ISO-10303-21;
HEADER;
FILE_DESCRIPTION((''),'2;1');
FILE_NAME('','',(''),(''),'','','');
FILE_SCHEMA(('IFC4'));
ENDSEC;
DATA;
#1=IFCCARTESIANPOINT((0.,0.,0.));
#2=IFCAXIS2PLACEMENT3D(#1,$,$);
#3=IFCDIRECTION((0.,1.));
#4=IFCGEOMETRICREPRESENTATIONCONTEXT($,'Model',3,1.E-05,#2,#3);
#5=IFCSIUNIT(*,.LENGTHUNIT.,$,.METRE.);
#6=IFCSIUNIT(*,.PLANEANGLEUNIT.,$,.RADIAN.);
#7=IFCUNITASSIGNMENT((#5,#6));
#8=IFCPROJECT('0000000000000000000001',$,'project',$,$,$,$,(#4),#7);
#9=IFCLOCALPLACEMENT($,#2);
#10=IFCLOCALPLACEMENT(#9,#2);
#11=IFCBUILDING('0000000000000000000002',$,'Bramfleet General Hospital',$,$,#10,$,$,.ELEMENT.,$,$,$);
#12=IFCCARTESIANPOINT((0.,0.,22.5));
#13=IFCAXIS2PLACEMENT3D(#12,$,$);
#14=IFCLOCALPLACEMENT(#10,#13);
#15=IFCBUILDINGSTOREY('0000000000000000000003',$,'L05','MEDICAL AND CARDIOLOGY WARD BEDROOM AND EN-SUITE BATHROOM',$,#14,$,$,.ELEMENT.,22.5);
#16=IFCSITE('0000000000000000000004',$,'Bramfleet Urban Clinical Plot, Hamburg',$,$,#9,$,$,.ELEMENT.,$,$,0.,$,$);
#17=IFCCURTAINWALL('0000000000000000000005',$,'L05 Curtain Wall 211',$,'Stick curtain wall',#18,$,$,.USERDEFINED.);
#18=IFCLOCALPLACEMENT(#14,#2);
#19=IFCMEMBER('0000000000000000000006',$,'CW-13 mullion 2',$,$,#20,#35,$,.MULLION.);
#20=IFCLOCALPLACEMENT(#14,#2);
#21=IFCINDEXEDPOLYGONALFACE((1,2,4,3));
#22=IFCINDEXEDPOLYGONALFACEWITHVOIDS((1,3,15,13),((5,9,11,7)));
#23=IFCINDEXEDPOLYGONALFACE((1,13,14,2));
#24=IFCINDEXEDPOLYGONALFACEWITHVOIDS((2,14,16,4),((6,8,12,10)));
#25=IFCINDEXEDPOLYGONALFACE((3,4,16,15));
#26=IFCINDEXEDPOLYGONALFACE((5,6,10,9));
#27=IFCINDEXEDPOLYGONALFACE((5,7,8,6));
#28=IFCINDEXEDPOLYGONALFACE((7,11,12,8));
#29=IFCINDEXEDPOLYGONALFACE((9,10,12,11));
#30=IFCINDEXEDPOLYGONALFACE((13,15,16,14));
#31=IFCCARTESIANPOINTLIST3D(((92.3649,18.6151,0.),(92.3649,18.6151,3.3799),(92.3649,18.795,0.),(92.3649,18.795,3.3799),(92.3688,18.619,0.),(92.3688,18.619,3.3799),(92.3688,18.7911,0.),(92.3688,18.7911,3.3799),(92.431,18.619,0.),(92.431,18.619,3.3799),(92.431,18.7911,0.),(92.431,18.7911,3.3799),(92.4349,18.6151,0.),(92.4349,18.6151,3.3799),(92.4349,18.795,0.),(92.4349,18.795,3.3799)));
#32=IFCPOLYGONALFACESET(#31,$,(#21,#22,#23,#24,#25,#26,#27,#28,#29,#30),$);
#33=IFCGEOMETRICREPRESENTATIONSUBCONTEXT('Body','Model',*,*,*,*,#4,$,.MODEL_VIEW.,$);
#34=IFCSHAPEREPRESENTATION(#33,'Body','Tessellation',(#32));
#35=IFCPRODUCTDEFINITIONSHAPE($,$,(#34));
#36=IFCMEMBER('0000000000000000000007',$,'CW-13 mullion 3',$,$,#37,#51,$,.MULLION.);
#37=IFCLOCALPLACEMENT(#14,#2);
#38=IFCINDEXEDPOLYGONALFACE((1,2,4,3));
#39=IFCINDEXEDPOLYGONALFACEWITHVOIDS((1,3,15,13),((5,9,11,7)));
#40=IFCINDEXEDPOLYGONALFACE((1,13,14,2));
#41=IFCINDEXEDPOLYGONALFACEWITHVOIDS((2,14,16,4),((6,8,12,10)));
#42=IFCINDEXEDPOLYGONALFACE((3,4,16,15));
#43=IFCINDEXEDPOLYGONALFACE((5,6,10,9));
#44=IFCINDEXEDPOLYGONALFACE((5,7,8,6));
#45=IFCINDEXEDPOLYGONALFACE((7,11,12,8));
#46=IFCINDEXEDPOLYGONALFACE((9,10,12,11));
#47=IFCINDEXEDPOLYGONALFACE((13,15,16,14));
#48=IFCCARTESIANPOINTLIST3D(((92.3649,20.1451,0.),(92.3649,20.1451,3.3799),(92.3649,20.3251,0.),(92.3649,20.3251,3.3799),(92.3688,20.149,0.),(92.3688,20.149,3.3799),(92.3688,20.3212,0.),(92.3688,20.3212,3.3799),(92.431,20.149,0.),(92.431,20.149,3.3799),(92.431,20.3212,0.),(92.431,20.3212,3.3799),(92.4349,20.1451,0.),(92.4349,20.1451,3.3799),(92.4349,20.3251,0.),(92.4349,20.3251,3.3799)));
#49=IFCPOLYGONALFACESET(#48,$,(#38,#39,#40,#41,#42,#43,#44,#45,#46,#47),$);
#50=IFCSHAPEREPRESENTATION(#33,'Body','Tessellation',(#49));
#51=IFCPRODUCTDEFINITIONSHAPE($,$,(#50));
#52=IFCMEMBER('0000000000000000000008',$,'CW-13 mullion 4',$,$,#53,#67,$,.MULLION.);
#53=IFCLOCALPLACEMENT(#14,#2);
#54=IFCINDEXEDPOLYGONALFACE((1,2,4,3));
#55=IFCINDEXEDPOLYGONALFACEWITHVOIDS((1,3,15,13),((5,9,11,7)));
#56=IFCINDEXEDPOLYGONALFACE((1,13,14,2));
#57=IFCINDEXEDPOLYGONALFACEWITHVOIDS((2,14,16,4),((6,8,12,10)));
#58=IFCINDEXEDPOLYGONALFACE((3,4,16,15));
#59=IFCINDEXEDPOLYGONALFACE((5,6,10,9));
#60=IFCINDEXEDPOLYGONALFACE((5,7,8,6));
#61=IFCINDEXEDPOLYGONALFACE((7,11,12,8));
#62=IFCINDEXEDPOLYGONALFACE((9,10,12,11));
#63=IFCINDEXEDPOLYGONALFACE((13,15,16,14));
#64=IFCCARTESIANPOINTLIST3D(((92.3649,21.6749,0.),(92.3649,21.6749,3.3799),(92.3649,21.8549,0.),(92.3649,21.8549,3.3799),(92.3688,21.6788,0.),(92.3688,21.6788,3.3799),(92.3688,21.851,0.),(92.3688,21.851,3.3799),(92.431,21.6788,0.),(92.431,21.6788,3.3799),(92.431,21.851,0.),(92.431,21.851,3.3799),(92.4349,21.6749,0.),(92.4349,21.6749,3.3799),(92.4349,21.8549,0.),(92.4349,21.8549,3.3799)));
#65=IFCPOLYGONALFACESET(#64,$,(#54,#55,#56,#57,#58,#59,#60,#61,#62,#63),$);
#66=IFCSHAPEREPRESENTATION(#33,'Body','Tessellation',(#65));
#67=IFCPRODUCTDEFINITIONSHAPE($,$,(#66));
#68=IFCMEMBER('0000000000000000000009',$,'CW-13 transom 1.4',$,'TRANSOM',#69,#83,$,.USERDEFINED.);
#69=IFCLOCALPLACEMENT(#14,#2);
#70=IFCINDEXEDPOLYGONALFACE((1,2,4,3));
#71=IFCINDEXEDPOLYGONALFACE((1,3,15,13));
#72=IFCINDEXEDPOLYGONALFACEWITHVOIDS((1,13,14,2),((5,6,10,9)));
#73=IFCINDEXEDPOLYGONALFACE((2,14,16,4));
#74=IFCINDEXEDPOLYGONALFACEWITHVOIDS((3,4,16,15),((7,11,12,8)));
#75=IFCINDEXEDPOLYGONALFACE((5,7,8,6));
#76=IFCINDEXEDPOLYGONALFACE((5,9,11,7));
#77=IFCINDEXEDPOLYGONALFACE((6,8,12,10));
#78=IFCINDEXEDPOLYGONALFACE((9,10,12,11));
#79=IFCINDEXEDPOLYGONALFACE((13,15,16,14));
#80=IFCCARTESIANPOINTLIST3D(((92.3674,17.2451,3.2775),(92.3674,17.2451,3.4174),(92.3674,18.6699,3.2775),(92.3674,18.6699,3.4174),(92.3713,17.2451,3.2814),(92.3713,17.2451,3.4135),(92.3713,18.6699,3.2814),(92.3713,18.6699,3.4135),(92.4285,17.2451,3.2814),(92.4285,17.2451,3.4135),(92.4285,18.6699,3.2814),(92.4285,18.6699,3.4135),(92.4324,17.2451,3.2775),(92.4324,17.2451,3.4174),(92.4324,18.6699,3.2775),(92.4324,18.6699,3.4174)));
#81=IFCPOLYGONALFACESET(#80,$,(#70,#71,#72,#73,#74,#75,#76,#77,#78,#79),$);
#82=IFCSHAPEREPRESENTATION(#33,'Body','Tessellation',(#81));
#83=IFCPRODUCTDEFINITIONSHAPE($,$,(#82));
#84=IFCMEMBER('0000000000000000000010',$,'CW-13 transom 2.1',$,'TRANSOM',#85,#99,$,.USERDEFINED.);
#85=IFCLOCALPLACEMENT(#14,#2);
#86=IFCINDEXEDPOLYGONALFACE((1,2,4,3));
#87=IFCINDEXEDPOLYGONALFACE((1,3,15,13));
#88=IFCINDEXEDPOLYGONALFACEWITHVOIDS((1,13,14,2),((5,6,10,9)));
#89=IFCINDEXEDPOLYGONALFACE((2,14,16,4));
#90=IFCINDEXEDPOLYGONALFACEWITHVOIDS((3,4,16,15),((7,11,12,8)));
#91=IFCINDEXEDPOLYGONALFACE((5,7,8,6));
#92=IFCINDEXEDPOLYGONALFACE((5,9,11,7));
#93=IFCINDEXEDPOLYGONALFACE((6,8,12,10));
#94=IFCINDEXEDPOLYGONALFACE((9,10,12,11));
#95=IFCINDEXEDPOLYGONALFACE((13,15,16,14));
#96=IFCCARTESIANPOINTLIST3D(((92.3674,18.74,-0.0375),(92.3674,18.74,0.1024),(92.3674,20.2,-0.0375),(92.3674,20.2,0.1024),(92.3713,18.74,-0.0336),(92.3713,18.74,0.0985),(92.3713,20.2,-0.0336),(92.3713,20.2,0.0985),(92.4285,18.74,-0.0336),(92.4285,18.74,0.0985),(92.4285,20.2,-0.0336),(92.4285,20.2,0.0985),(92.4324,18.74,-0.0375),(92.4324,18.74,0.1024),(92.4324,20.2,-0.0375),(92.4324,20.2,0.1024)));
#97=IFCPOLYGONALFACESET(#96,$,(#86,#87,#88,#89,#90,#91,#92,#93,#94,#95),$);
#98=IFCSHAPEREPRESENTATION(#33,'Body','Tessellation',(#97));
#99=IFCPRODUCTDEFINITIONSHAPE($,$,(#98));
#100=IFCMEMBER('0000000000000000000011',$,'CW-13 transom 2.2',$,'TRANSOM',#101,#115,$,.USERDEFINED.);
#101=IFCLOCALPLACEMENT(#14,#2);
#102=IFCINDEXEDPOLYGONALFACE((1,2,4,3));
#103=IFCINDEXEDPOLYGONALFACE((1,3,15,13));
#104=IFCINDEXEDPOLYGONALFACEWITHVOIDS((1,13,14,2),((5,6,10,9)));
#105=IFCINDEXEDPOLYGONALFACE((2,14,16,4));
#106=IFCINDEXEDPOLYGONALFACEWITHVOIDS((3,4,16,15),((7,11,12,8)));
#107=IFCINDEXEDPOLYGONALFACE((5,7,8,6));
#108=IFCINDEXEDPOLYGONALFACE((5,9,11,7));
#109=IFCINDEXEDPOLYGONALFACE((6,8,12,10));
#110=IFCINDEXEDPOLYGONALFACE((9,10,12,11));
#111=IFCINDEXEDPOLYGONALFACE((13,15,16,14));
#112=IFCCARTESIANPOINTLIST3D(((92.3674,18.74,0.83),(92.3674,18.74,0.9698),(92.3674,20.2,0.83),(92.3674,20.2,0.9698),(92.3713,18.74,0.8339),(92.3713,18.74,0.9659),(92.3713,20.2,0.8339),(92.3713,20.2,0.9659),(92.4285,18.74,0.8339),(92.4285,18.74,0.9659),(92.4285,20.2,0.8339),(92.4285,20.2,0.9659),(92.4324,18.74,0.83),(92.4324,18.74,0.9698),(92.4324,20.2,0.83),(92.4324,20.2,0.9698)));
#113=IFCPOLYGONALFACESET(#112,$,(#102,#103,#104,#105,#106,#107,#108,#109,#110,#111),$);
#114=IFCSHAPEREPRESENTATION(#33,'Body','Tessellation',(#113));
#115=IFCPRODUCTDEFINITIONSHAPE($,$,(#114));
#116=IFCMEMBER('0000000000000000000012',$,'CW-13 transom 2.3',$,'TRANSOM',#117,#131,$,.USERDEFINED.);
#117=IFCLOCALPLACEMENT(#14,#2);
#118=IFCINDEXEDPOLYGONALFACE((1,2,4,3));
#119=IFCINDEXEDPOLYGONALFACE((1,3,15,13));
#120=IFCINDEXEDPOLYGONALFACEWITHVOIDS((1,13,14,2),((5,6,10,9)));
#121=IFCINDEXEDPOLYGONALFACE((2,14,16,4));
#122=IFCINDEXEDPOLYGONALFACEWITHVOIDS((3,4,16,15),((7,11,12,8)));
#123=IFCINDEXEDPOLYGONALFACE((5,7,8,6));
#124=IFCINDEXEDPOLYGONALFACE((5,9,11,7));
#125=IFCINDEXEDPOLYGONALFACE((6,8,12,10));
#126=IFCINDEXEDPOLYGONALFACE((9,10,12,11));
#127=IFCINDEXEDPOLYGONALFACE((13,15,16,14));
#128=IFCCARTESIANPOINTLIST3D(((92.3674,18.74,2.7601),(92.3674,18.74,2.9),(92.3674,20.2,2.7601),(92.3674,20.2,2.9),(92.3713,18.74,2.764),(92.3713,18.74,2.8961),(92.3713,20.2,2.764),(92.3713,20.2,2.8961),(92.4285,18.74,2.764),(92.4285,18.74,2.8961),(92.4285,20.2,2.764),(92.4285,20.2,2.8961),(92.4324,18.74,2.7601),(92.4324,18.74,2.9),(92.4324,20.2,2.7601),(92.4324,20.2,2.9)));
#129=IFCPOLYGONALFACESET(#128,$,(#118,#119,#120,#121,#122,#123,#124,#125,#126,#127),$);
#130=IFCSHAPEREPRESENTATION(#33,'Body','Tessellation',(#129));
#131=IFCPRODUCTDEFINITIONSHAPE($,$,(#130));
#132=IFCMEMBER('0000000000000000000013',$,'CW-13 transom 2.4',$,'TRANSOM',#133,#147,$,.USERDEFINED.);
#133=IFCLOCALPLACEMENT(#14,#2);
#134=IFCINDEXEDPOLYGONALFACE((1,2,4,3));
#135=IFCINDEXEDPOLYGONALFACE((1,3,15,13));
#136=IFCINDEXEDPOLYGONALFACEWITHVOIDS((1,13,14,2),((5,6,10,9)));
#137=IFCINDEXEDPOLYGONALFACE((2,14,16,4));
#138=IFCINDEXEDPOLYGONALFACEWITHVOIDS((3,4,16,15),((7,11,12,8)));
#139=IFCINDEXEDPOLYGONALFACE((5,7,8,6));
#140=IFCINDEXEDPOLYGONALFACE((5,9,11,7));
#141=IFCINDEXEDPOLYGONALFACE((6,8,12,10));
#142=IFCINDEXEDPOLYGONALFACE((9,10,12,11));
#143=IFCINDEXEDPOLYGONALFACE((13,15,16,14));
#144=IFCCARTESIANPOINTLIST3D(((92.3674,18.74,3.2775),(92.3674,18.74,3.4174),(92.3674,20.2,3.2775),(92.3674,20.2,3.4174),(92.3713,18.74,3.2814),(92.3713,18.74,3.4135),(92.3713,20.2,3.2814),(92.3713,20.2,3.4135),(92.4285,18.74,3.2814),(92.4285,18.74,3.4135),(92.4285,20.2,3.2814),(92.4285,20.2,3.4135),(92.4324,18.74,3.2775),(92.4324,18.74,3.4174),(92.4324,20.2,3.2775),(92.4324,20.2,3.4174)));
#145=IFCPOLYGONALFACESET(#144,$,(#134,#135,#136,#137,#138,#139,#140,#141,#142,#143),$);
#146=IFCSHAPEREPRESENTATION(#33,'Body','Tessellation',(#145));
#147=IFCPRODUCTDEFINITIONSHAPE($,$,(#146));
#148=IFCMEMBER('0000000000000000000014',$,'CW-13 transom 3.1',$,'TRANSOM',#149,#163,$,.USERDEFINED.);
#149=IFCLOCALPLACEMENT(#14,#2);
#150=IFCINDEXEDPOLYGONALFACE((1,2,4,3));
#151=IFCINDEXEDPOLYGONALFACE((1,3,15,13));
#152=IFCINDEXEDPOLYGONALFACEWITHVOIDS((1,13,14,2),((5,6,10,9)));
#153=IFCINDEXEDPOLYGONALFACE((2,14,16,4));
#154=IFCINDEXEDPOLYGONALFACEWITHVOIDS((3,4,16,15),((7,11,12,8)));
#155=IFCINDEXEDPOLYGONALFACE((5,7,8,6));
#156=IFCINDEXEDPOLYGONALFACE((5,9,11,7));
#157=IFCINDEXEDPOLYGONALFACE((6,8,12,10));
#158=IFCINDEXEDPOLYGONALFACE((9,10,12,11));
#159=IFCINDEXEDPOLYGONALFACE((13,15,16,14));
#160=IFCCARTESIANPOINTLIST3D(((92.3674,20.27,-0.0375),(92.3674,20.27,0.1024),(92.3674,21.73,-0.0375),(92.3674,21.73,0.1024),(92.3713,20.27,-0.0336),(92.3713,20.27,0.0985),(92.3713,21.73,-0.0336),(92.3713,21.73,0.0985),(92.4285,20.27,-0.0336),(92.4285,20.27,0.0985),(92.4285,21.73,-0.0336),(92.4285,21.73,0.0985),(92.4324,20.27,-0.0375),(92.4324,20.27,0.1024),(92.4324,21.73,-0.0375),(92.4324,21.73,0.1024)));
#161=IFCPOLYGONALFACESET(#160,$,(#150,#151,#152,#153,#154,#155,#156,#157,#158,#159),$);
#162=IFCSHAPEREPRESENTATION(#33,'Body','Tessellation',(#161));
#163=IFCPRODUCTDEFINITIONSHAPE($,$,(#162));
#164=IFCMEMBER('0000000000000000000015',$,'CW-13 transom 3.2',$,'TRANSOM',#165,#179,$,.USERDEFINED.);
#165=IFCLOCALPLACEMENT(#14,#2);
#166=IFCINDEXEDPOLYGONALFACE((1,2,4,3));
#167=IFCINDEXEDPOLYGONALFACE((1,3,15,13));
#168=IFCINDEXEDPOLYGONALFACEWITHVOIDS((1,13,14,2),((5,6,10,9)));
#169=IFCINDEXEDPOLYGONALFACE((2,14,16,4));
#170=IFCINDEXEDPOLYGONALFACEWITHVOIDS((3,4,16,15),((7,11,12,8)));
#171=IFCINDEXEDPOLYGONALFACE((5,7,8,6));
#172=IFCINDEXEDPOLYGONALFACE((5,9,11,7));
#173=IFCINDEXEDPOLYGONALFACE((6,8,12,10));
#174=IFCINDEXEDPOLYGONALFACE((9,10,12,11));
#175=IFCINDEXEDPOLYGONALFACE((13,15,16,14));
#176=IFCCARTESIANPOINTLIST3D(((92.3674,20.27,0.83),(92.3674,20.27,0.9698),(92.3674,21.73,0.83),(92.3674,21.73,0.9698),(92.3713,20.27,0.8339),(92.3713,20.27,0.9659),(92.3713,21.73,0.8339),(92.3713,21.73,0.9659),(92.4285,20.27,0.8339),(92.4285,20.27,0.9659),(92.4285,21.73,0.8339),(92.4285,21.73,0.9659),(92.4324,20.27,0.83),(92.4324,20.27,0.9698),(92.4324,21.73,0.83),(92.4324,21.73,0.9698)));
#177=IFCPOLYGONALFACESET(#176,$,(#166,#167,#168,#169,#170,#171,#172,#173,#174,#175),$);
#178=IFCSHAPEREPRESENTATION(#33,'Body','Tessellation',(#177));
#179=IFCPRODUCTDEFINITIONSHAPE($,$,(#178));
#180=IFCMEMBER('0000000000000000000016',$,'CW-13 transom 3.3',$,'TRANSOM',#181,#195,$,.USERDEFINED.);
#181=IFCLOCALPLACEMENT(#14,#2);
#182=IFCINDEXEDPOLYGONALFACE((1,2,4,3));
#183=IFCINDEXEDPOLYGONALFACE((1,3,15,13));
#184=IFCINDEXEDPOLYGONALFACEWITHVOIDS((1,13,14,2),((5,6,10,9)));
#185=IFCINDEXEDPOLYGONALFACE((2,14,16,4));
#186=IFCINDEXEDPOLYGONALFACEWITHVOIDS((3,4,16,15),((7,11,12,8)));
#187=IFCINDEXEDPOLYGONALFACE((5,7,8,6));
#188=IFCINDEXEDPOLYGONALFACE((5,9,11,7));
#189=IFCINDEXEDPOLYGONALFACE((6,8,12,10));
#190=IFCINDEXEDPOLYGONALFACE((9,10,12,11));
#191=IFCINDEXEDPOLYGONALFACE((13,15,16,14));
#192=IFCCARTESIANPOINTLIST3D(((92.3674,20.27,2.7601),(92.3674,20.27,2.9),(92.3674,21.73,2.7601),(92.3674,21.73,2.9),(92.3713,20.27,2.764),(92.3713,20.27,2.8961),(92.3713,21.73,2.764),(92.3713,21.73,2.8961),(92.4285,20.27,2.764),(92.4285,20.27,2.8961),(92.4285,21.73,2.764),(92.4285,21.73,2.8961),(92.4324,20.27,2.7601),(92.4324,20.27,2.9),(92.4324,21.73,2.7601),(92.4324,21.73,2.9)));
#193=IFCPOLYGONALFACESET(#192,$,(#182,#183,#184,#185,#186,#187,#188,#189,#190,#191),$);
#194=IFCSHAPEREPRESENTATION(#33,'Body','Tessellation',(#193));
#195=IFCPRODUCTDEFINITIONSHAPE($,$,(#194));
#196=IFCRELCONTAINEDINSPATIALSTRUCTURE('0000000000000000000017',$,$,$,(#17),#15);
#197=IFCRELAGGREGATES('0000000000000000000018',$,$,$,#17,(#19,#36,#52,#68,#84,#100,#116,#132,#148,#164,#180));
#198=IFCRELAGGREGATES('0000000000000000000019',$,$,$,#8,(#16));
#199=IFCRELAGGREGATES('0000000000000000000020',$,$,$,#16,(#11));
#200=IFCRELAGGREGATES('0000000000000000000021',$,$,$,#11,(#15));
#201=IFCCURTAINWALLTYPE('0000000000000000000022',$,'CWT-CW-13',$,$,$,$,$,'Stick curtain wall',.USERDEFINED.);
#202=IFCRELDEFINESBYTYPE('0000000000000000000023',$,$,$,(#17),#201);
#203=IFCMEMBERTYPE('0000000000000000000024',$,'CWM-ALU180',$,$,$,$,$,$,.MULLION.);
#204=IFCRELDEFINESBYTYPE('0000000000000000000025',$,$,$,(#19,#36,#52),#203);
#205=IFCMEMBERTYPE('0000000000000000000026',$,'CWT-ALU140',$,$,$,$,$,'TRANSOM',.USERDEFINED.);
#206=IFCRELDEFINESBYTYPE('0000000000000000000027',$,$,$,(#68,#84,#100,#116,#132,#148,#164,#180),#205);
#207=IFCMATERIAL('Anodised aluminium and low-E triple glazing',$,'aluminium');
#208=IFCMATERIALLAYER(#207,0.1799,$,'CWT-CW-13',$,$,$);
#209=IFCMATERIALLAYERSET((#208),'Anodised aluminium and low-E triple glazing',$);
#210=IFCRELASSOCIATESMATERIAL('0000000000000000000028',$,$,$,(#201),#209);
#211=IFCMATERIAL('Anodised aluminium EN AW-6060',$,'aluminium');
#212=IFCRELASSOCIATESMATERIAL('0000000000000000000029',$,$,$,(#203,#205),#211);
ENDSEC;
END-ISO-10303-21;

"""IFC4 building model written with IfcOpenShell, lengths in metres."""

from ifc_helpers import new_model, si_unit, direction, frame, origin, origin_2d, place, context, subcontext, project, spatial, hollow_rectangle, extrude, material, layer, layer_set, material_profile, profile_set, type_object, element, aggregate, save


model = new_model("IFC4")

# Units and contexts
model_context = context("Model", 3, precision=1e-05, world=origin(), true_north=direction((0.0, 1.0)))
body_context = subcontext(model_context, "Body", "Model", "MODEL_VIEW")
ifc_project = project(units=[si_unit("LENGTHUNIT", "METRE"), si_unit("PLANEANGLEUNIT", "RADIAN")], contexts=[model_context])

# Site, building, storey
site_placement = place(None, origin())
site = spatial("IfcSite", under=ifc_project, at=site_placement, Name="Bramfleet Urban Clinical Plot, Hamburg", CompositionType="ELEMENT", RefElevation=0.0)
building_placement = place(site_placement, origin())
building = spatial("IfcBuilding", under=site, at=building_placement, Name="Bramfleet General Hospital", CompositionType="ELEMENT")
storey_placement = place(building_placement, frame((0.0, 0.0, 22.5)))
storey = spatial("IfcBuildingStorey", under=building, at=storey_placement, Name="L05", Description="MEDICAL AND CARDIOLOGY WARD BEDROOM AND EN-SUITE BATHROOM", CompositionType="ELEMENT", Elevation=22.5)

# Curtain wall, members
ifc_material_1 = material(Name="Anodised aluminium and low-E triple glazing", Category="aluminium")
ifc_layer_1 = layer(ifc_material_1, 0.1799, Name="CWT-CW-13")
ifc_layer_set_1 = layer_set([ifc_layer_1], Name="Anodised aluminium and low-E triple glazing")
curtain_wall_type = type_object("IfcCurtainWallType", Name="CWT-CW-13", ElementType="Stick curtain wall", PredefinedType="USERDEFINED", material=ifc_layer_set_1)
curtain_wall_placement = place(storey_placement, origin())
curtain_wall = element("IfcCurtainWall", 1, at=curtain_wall_placement, inside=storey, type_object=curtain_wall_type, Name="L05 Curtain Wall 211", ObjectType="Stick curtain wall", PredefinedType="USERDEFINED")
ifc_material_2 = material(Name="Anodised aluminium EN AW-6060", Category="aluminium")
ifc_material_profile_1 = material_profile(ifc_material_2, hollow_rectangle(XDim=0.0701, YDim=0.1799, WallThickness=0.0039, at=origin_2d()), Name="ALU 180x70x4.0")
ifc_profile_set_1 = profile_set([ifc_material_profile_1], Name="Anodised aluminium EN AW-6060")
member_type_1 = type_object("IfcMemberType", Name="CWM-ALU180", PredefinedType="MULLION", material=ifc_profile_set_1)
member_1_placement = place(storey_placement, frame((92.3999, 18.7051, 0.0), z_axis=(0.0, 0.0, 1.0), x_axis=(-1.0, 0.0, 0.0)))
member_1 = element("IfcMember", 2, at=member_1_placement, type_object=member_type_1, Name="CW-13 mullion 2", PredefinedType="MULLION", context=body_context, shape_type="SweptSolid", body=[
    extrude(hollow_rectangle(XDim=0.0701, YDim=0.1799, WallThickness=0.0039, at=origin_2d()), origin(), (0.0, 0.0, 1.0), 3.3799),
])
member_2_placement = place(storey_placement, frame((92.3999, 20.2351, 0.0), z_axis=(0.0, 0.0, 1.0), x_axis=(-1.0, 0.0, 0.0)))
member_2 = element("IfcMember", 3, at=member_2_placement, type_object=member_type_1, Name="CW-13 mullion 3", PredefinedType="MULLION", context=body_context, shape_type="SweptSolid", body=[
    extrude(hollow_rectangle(XDim=0.0701, YDim=0.1799, WallThickness=0.0039, at=origin_2d()), origin(), (0.0, 0.0, 1.0), 3.3799),
])
member_3_placement = place(storey_placement, frame((92.3999, 21.7649, 0.0), z_axis=(0.0, 0.0, 1.0), x_axis=(-1.0, 0.0, 0.0)))
member_3 = element("IfcMember", 4, at=member_3_placement, type_object=member_type_1, Name="CW-13 mullion 4", PredefinedType="MULLION", context=body_context, shape_type="SweptSolid", body=[
    extrude(hollow_rectangle(XDim=0.0701, YDim=0.1799, WallThickness=0.0039, at=origin_2d()), origin(), (0.0, 0.0, 1.0), 3.3799),
])
ifc_material_profile_2 = material_profile(ifc_material_2, hollow_rectangle(XDim=0.0649, YDim=0.1399, WallThickness=0.0039, at=origin_2d()), Name="ALU 140x65x4.0")
ifc_profile_set_2 = profile_set([ifc_material_profile_2], Name="Anodised aluminium EN AW-6060")
member_type_2 = type_object("IfcMemberType", Name="CWT-ALU140", ElementType="TRANSOM", PredefinedType="USERDEFINED", material=ifc_profile_set_2)
member_4_placement = place(storey_placement, frame((92.3999, 17.2451, 3.3474), z_axis=(0.0, 1.0, 0.0), x_axis=(-1.0, 0.0, 0.0)))
member_4 = element("IfcMember", 5, at=member_4_placement, type_object=member_type_2, Name="CW-13 transom 1.4", ObjectType="TRANSOM", PredefinedType="USERDEFINED", context=body_context, shape_type="SweptSolid", body=[
    extrude(hollow_rectangle(XDim=0.0649, YDim=0.1399, WallThickness=0.0039, at=origin_2d()), origin(), (0.0, 0.0, 1.0), 1.4248),
])
member_5_placement = place(storey_placement, frame((92.3999, 18.74, 0.0325), z_axis=(0.0, 1.0, 0.0), x_axis=(-1.0, 0.0, 0.0)))
member_5 = element("IfcMember", 6, at=member_5_placement, type_object=member_type_2, Name="CW-13 transom 2.1", ObjectType="TRANSOM", PredefinedType="USERDEFINED", context=body_context, shape_type="SweptSolid", body=[
    extrude(hollow_rectangle(XDim=0.0649, YDim=0.1399, WallThickness=0.0039, at=origin_2d()), origin(), (0.0, 0.0, 1.0), 1.46),
])
member_6_placement = place(storey_placement, frame((92.3999, 18.74, 0.8999), z_axis=(0.0, 1.0, 0.0), x_axis=(-1.0, 0.0, 0.0)))
member_6 = element("IfcMember", 7, at=member_6_placement, type_object=member_type_2, Name="CW-13 transom 2.2", ObjectType="TRANSOM", PredefinedType="USERDEFINED", context=body_context, shape_type="SweptSolid", body=[
    extrude(hollow_rectangle(XDim=0.0649, YDim=0.1399, WallThickness=0.0039, at=origin_2d()), origin(), (0.0, 0.0, 1.0), 1.46),
])
member_7_placement = place(storey_placement, frame((92.3999, 18.74, 2.8301), z_axis=(0.0, 1.0, 0.0), x_axis=(-1.0, 0.0, 0.0)))
member_7 = element("IfcMember", 8, at=member_7_placement, type_object=member_type_2, Name="CW-13 transom 2.3", ObjectType="TRANSOM", PredefinedType="USERDEFINED", context=body_context, shape_type="SweptSolid", body=[
    extrude(hollow_rectangle(XDim=0.0649, YDim=0.1399, WallThickness=0.0039, at=origin_2d()), origin(), (0.0, 0.0, 1.0), 1.46),
])
member_8_placement = place(storey_placement, frame((92.3999, 18.74, 3.3474), z_axis=(0.0, 1.0, 0.0), x_axis=(-1.0, 0.0, 0.0)))
member_8 = element("IfcMember", 9, at=member_8_placement, type_object=member_type_2, Name="CW-13 transom 2.4", ObjectType="TRANSOM", PredefinedType="USERDEFINED", context=body_context, shape_type="SweptSolid", body=[
    extrude(hollow_rectangle(XDim=0.0649, YDim=0.1399, WallThickness=0.0039, at=origin_2d()), origin(), (0.0, 0.0, 1.0), 1.46),
])
member_9_placement = place(storey_placement, frame((92.3999, 20.27, 0.0325), z_axis=(0.0, 1.0, 0.0), x_axis=(-1.0, 0.0, 0.0)))
member_9 = element("IfcMember", 10, at=member_9_placement, type_object=member_type_2, Name="CW-13 transom 3.1", ObjectType="TRANSOM", PredefinedType="USERDEFINED", context=body_context, shape_type="SweptSolid", body=[
    extrude(hollow_rectangle(XDim=0.0649, YDim=0.1399, WallThickness=0.0039, at=origin_2d()), origin(), (0.0, 0.0, 1.0), 1.46),
])
member_10_placement = place(storey_placement, frame((92.3999, 20.27, 0.8999), z_axis=(0.0, 1.0, 0.0), x_axis=(-1.0, 0.0, 0.0)))
member_10 = element("IfcMember", 11, at=member_10_placement, type_object=member_type_2, Name="CW-13 transom 3.2", ObjectType="TRANSOM", PredefinedType="USERDEFINED", context=body_context, shape_type="SweptSolid", body=[
    extrude(hollow_rectangle(XDim=0.0649, YDim=0.1399, WallThickness=0.0039, at=origin_2d()), origin(), (0.0, 0.0, 1.0), 1.46),
])
member_11_placement = place(storey_placement, frame((92.3999, 20.27, 2.8301), z_axis=(0.0, 1.0, 0.0), x_axis=(-1.0, 0.0, 0.0)))
member_11 = element("IfcMember", 12, at=member_11_placement, type_object=member_type_2, Name="CW-13 transom 3.3", ObjectType="TRANSOM", PredefinedType="USERDEFINED", context=body_context, shape_type="SweptSolid", body=[
    extrude(hollow_rectangle(XDim=0.0649, YDim=0.1399, WallThickness=0.0039, at=origin_2d()), origin(), (0.0, 0.0, 1.0), 1.46),
])
aggregate(curtain_wall, [member_1, member_2, member_3, member_4, member_5, member_6, member_7, member_8, member_9, member_10, member_11])

save(model, "model.ifc")
